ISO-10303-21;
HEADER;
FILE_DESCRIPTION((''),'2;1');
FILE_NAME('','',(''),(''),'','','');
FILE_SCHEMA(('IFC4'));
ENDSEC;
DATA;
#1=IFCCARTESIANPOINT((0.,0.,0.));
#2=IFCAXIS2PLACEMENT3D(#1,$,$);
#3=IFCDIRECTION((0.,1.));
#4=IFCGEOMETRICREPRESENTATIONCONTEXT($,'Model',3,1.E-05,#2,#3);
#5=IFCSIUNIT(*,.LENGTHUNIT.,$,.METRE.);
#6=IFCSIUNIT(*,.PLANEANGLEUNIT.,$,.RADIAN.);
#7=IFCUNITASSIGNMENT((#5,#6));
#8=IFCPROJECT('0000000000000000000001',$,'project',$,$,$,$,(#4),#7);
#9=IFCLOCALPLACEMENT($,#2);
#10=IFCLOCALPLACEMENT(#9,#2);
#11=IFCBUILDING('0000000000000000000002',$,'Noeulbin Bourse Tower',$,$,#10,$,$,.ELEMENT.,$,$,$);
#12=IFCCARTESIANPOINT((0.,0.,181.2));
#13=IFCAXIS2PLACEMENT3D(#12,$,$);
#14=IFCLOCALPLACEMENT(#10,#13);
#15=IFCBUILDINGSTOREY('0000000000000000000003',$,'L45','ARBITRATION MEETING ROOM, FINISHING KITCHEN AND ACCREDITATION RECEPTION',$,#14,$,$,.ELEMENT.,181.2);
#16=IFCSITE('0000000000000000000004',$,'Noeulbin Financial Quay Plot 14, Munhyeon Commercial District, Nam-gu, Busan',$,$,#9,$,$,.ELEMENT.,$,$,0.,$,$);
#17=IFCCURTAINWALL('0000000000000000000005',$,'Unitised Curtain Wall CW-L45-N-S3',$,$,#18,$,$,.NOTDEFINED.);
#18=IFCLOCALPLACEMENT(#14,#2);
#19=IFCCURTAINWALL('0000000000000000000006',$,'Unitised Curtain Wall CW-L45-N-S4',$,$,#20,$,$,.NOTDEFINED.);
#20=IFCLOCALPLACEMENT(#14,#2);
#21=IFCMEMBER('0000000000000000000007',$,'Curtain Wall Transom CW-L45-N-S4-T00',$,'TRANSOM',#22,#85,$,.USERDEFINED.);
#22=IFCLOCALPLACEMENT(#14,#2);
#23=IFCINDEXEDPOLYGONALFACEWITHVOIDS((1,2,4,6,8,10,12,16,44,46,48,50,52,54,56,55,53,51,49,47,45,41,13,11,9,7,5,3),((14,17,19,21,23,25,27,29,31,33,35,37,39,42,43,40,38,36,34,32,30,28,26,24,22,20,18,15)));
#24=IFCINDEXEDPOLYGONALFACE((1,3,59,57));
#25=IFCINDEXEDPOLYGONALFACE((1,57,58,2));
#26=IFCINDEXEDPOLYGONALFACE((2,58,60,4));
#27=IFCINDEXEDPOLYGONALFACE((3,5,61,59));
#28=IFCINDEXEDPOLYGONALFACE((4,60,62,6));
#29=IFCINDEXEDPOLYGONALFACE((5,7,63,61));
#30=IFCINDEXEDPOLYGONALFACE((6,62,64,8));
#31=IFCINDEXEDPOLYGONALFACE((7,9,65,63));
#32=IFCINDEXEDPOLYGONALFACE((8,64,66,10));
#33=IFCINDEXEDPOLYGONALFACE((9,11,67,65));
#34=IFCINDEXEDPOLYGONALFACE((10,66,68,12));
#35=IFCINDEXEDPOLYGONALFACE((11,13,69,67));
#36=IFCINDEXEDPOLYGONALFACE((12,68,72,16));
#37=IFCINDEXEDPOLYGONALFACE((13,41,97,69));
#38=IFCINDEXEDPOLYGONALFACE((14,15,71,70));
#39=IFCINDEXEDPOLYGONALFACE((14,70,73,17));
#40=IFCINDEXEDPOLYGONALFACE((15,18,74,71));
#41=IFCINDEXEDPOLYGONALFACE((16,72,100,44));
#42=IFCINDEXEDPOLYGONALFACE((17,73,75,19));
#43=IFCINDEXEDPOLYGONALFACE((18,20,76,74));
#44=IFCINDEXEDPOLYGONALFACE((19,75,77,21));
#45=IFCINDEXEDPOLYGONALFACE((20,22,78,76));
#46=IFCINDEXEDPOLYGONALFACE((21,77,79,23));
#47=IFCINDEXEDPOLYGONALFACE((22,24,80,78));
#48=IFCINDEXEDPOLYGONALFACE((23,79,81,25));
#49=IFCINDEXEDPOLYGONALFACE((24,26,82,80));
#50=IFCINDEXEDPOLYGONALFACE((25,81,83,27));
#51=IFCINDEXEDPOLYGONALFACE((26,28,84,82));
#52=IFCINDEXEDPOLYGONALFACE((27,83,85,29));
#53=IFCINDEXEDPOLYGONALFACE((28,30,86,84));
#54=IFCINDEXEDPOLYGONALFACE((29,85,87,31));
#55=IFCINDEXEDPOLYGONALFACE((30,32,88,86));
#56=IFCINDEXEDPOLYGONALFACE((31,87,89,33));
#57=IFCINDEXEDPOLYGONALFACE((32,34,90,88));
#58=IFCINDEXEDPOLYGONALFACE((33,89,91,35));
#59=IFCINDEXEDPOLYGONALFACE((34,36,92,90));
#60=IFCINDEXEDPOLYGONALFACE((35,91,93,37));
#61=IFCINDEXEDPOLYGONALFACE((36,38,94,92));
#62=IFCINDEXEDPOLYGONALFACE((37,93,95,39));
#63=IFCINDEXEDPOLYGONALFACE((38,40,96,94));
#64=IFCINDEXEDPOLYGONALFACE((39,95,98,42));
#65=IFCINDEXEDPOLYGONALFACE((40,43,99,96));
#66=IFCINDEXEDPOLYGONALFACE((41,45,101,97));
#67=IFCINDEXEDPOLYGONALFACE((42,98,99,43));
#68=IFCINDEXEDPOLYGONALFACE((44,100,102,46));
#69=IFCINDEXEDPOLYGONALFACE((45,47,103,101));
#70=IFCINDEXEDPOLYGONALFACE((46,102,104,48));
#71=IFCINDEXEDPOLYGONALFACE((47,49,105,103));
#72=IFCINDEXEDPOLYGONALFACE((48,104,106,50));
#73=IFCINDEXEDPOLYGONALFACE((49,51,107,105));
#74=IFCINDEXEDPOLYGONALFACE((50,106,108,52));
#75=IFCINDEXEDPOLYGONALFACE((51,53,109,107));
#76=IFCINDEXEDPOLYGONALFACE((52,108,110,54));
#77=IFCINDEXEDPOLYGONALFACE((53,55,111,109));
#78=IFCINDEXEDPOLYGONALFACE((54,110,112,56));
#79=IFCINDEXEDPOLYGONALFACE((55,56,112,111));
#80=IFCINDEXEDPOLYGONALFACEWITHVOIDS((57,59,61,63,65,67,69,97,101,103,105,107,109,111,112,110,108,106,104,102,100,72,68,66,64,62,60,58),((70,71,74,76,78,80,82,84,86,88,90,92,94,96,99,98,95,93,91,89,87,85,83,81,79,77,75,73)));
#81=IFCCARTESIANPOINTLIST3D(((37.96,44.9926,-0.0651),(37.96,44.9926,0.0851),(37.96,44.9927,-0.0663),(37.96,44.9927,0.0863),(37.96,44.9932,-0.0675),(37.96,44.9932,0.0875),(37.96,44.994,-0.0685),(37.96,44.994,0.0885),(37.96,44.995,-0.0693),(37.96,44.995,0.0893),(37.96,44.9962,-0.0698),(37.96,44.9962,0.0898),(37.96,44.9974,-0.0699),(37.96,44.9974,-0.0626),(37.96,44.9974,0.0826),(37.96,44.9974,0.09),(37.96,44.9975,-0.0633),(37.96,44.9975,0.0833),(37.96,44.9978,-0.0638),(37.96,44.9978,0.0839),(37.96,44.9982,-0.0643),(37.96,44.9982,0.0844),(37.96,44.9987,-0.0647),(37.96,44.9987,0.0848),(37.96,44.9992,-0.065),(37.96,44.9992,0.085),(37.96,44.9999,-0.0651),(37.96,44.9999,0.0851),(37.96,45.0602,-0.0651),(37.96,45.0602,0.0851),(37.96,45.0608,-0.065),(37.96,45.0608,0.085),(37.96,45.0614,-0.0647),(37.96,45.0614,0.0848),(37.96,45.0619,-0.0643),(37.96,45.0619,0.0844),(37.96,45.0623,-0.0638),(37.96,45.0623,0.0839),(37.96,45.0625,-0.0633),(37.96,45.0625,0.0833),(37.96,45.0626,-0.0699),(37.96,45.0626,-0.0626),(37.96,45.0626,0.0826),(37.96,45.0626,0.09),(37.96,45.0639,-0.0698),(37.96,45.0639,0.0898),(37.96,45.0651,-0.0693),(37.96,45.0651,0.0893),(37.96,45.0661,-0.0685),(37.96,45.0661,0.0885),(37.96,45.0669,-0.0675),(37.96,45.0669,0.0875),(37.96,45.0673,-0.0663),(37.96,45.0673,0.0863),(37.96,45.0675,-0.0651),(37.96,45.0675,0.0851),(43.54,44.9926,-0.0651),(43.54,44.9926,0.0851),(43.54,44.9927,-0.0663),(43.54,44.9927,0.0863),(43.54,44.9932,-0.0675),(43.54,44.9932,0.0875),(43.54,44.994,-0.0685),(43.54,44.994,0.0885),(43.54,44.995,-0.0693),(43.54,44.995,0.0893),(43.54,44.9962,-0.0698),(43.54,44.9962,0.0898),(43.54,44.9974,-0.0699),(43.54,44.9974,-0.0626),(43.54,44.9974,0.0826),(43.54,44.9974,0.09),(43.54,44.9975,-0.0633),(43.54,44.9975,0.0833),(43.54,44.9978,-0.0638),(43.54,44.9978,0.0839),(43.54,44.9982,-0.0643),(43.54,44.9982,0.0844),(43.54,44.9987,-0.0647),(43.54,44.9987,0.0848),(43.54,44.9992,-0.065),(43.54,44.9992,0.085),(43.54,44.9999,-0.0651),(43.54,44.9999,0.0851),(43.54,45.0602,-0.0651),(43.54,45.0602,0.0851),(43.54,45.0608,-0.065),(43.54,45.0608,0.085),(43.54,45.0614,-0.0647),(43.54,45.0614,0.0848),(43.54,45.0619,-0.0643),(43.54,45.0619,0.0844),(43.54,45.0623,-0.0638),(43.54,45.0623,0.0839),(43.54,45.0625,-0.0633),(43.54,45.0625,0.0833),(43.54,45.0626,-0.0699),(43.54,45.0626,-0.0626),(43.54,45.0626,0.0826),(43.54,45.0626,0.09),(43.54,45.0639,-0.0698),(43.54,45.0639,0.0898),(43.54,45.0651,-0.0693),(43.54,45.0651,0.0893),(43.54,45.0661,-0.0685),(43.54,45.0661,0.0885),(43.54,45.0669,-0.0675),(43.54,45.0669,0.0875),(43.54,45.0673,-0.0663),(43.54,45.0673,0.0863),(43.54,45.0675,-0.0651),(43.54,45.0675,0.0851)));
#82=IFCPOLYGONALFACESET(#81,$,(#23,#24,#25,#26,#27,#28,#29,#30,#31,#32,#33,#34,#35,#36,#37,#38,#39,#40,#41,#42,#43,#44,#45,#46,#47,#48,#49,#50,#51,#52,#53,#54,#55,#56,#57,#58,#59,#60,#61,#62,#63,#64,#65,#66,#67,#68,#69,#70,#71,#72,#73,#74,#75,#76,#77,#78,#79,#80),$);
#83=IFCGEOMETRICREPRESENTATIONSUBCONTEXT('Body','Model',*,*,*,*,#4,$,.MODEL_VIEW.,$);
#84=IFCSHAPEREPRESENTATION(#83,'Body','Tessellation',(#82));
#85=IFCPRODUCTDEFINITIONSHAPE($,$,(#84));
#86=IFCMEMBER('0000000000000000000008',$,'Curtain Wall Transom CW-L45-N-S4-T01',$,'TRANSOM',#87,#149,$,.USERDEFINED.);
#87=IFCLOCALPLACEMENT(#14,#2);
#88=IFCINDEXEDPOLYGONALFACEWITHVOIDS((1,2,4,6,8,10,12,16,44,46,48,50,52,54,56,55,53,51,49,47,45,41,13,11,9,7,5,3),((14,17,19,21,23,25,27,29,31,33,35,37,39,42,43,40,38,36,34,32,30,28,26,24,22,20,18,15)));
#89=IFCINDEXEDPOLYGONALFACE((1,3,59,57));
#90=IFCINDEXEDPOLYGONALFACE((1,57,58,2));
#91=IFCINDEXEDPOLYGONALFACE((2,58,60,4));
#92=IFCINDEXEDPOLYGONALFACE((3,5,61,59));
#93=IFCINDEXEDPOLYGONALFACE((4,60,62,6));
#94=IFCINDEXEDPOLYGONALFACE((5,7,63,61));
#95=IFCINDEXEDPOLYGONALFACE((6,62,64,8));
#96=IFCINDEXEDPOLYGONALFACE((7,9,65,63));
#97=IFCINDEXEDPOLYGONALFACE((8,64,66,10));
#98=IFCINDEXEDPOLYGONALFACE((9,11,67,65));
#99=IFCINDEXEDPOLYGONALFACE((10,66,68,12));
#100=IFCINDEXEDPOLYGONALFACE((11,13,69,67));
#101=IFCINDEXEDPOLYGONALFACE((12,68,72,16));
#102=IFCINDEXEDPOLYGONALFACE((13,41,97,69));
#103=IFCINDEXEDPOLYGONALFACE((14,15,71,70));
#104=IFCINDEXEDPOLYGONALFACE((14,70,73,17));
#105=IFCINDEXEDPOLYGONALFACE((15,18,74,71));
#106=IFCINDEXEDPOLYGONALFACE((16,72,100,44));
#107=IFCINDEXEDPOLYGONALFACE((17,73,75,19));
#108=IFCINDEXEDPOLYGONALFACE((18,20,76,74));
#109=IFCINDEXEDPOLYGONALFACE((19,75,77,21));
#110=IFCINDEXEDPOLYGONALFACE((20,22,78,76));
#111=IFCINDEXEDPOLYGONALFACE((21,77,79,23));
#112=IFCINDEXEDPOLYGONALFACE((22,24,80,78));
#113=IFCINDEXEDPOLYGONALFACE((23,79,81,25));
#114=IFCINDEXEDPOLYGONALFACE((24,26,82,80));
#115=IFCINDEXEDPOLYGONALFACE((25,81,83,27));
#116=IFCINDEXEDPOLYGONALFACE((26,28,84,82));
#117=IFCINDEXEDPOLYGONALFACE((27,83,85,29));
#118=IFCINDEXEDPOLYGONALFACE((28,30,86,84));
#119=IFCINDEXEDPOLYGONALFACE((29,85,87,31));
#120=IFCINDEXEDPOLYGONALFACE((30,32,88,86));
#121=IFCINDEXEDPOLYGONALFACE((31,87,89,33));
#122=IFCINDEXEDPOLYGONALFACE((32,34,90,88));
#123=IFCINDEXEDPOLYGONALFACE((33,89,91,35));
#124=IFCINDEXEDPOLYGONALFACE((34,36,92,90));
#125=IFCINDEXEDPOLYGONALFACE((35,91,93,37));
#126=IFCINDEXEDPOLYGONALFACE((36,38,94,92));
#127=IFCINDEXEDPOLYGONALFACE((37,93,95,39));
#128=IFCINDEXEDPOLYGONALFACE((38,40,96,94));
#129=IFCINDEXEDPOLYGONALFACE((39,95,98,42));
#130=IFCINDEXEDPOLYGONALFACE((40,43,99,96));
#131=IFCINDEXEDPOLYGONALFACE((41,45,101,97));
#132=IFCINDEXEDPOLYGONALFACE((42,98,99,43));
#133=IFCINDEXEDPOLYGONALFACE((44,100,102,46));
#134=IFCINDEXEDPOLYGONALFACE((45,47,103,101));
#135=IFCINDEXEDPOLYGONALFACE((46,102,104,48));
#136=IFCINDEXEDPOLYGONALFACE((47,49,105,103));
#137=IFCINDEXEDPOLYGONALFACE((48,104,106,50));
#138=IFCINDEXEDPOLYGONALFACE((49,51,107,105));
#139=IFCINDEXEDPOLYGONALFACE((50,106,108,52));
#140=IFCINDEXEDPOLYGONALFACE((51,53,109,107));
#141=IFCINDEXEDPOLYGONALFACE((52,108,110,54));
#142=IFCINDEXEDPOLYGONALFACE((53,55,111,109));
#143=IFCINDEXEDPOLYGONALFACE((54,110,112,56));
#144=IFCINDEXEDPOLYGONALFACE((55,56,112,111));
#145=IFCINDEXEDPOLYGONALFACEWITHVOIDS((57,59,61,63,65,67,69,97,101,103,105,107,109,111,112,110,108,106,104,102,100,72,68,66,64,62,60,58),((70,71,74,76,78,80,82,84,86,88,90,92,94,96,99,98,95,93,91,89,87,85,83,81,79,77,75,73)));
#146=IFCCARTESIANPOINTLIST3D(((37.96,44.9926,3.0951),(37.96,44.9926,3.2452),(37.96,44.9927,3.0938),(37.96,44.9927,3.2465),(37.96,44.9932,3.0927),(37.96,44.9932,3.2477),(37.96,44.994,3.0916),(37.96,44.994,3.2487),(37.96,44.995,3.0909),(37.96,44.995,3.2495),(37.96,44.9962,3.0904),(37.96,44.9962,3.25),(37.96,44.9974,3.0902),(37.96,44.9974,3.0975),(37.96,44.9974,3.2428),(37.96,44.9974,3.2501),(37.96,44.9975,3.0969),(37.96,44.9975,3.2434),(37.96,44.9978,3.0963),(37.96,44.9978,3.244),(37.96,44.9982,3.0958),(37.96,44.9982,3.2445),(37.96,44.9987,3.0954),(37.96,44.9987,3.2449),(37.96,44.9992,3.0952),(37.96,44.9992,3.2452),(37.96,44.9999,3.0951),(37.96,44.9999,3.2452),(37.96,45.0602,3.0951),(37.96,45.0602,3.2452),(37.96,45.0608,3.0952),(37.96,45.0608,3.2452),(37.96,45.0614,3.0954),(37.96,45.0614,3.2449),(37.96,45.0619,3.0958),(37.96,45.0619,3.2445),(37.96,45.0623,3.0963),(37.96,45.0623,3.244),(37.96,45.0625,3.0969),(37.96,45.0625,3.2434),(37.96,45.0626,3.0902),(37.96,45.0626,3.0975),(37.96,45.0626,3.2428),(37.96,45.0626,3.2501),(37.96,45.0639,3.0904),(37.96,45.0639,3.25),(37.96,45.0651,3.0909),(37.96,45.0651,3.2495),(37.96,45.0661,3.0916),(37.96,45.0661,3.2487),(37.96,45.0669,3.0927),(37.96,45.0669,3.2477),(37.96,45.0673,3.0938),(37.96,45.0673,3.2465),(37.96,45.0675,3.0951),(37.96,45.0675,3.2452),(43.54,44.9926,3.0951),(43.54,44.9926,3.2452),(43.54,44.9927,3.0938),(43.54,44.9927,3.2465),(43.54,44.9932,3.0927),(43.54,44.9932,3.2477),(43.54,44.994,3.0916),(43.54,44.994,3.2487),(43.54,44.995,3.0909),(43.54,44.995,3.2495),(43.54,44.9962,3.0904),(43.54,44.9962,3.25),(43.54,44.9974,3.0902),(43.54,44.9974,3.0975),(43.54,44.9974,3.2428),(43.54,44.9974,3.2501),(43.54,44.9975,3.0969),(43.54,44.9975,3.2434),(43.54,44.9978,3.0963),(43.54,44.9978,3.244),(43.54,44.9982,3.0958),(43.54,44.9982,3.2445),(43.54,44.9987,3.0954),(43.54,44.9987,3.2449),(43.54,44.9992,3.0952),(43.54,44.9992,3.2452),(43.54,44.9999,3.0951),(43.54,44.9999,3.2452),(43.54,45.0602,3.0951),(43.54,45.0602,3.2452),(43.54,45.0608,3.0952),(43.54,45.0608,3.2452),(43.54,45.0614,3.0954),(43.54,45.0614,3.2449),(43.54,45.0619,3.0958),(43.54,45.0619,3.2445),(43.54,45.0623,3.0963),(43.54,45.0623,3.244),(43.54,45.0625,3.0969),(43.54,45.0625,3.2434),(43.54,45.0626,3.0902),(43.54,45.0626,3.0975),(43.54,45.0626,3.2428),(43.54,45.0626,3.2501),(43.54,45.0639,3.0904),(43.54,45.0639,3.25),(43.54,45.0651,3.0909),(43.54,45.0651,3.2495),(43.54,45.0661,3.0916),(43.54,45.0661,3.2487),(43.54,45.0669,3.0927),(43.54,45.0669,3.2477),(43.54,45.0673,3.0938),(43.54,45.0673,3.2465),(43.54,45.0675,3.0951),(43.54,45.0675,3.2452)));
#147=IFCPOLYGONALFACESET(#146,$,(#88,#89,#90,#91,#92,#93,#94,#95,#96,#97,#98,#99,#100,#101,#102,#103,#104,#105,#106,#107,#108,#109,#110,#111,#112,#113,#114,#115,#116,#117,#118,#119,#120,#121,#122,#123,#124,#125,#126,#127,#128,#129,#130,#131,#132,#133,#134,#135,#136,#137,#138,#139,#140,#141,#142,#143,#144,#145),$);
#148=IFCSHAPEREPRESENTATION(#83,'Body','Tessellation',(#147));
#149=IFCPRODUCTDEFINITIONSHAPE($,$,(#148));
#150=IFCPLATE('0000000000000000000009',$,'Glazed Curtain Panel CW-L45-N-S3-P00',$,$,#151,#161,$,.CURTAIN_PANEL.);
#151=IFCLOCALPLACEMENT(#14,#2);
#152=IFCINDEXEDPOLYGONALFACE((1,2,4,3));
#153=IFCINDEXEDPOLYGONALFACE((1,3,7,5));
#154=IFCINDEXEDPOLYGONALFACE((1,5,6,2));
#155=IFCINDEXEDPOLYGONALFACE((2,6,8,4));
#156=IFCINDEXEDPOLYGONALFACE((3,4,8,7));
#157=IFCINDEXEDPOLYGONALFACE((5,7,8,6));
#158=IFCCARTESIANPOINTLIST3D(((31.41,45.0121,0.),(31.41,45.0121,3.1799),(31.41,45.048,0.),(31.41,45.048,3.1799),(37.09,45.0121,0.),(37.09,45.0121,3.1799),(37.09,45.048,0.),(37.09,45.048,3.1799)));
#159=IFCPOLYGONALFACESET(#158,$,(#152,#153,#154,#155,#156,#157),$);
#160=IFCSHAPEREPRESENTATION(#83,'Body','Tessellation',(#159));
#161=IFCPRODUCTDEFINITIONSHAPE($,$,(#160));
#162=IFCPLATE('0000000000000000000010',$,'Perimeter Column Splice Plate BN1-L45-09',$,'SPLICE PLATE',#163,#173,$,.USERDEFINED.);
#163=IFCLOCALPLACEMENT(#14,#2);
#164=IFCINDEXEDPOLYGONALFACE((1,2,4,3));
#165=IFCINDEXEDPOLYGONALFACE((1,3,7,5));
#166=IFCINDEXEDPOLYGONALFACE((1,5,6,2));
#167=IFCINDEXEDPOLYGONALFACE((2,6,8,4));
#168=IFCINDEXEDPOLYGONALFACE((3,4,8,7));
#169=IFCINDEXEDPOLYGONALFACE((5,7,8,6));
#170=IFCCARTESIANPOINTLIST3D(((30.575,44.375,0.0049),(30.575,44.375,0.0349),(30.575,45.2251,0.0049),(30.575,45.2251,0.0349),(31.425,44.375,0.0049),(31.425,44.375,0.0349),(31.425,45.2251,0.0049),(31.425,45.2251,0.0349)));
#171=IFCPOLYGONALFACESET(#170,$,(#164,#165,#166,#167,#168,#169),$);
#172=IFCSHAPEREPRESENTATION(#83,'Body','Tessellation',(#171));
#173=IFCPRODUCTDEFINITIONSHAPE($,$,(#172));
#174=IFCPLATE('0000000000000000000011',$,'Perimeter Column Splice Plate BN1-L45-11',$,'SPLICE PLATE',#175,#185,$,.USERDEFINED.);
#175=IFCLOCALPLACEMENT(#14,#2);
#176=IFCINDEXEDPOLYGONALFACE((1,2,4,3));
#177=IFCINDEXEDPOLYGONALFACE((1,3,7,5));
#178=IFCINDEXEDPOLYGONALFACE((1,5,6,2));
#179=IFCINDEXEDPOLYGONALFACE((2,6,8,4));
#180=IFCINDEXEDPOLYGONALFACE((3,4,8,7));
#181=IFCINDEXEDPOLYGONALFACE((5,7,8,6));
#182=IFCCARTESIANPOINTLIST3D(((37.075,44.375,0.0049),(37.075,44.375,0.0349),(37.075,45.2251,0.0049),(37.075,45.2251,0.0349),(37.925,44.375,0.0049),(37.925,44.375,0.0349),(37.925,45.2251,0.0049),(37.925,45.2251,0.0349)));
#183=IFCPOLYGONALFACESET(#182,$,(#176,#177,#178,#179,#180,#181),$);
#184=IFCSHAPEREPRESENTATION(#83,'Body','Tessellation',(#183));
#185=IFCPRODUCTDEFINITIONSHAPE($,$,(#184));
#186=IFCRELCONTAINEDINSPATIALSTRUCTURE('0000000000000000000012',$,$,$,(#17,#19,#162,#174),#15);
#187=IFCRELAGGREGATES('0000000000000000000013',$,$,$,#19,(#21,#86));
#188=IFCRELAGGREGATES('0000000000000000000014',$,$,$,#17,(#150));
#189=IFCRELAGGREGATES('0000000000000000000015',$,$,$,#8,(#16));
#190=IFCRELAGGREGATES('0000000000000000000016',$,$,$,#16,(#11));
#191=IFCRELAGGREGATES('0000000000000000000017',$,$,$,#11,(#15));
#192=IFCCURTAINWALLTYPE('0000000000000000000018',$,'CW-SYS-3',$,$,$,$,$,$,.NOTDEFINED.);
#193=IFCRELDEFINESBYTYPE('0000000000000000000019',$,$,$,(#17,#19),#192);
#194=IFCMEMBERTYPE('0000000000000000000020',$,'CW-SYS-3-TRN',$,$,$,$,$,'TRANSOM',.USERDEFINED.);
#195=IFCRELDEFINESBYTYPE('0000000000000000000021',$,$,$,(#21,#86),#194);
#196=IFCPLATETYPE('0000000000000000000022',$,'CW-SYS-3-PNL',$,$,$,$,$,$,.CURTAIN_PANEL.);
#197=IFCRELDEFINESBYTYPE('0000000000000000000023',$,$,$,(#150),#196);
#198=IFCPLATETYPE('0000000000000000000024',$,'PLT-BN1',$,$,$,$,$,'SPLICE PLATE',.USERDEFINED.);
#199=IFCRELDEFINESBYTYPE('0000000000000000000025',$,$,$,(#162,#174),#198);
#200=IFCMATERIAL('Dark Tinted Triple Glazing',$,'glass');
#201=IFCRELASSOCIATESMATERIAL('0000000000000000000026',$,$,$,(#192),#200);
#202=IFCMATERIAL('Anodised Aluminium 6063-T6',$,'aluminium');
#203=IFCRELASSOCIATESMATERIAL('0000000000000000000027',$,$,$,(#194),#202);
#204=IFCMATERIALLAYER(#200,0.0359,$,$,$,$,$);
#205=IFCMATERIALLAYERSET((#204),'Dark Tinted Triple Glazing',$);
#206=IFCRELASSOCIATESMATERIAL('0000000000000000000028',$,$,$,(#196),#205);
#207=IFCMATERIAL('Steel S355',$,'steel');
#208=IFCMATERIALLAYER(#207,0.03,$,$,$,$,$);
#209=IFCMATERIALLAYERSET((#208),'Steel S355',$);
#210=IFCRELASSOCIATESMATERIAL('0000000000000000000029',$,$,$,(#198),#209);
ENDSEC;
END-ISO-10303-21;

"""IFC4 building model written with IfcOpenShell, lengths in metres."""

from ifc_helpers import new_model, si_unit, direction, frame, origin, origin_2d, place, context, subcontext, project, spatial, rectangle, hollow_rectangle, extrude, material, layer, layer_set, material_profile, profile_set, type_object, element, aggregate, save


model = new_model("IFC4")

# Units and contexts
model_context = context("Model", 3, precision=1e-05, world=origin(), true_north=direction((0.0, 1.0)))
body_context = subcontext(model_context, "Body", "Model", "MODEL_VIEW")
ifc_project = project(units=[si_unit("LENGTHUNIT", "METRE"), si_unit("PLANEANGLEUNIT", "RADIAN")], contexts=[model_context])

# Site, building, storey
site_placement = place(None, origin())
site = spatial("IfcSite", under=ifc_project, at=site_placement, Name="Noeulbin Financial Quay Plot 14, Munhyeon Commercial District, Nam-gu, Busan", CompositionType="ELEMENT", RefElevation=0.0)
building_placement = place(site_placement, origin())
building = spatial("IfcBuilding", under=site, at=building_placement, Name="Noeulbin Bourse Tower", CompositionType="ELEMENT")
storey_placement = place(building_placement, frame((0.0, 0.0, 181.2)))
storey = spatial("IfcBuildingStorey", under=building, at=storey_placement, Name="L45", Description="ARBITRATION MEETING ROOM, FINISHING KITCHEN AND ACCREDITATION RECEPTION", CompositionType="ELEMENT", Elevation=181.2)

# Shared definitions
ifc_material_1 = material(Name="Steel S355", Category="steel")

# Shared definitions
ifc_material_2 = material(Name="Dark Tinted Triple Glazing", Category="glass")
curtain_wall_type = type_object("IfcCurtainWallType", Name="CW-SYS-3", PredefinedType="NOTDEFINED", material=ifc_material_2)
ifc_material_3 = material(Name="Anodised Aluminium 6063-T6", Category="aluminium")

# Curtain wall
curtain_wall_1_placement = place(storey_placement, origin())
curtain_wall_1 = element("IfcCurtainWall", 1, at=curtain_wall_1_placement, inside=storey, type_object=curtain_wall_type, Name="Unitised Curtain Wall CW-L45-N-S3", PredefinedType="NOTDEFINED")

# Curtain wall
curtain_wall_2_placement = place(storey_placement, origin())
curtain_wall_2 = element("IfcCurtainWall", 2, at=curtain_wall_2_placement, inside=storey, type_object=curtain_wall_type, Name="Unitised Curtain Wall CW-L45-N-S4", PredefinedType="NOTDEFINED")

# Members
ifc_material_profile_1 = material_profile(ifc_material_3, hollow_rectangle(XDim=0.075, YDim=0.1599, WallThickness=0.0049, InnerFilletRadius=0.0024, OuterFilletRadius=0.0049, at=origin_2d()), Name="ALU-TRAN-75x160x5", Category="LoadBearing")
ifc_profile_set_1 = profile_set([ifc_material_profile_1], Name="Anodised Aluminium 6063-T6")
member_type_1 = type_object("IfcMemberType", Name="CW-SYS-3-TRN", ElementType="TRANSOM", PredefinedType="USERDEFINED", material=ifc_profile_set_1)
member_1_placement = place(storey_placement, frame((37.96, 45.03, 0.01), z_axis=(1.0, 0.0, 0.0), x_axis=(0.0, 1.0, 0.0)))
member_1 = element("IfcMember", 3, at=member_1_placement, type_object=member_type_1, Name="Curtain Wall Transom CW-L45-N-S4-T00", ObjectType="TRANSOM", PredefinedType="USERDEFINED", context=body_context, shape_type="SweptSolid", body=[
    extrude(hollow_rectangle(XDim=0.075, YDim=0.1599, WallThickness=0.0049, InnerFilletRadius=0.0024, OuterFilletRadius=0.0049, at=origin_2d()), origin(), (0.0, 0.0, 1.0), 5.5801),
])
member_2_placement = place(storey_placement, frame((37.96, 45.03, 3.1702), z_axis=(1.0, 0.0, 0.0), x_axis=(0.0, 1.0, 0.0)))
member_2 = element("IfcMember", 4, at=member_2_placement, type_object=member_type_1, Name="Curtain Wall Transom CW-L45-N-S4-T01", ObjectType="TRANSOM", PredefinedType="USERDEFINED", context=body_context, shape_type="SweptSolid", body=[
    extrude(hollow_rectangle(XDim=0.075, YDim=0.1599, WallThickness=0.0049, InnerFilletRadius=0.0024, OuterFilletRadius=0.0049, at=origin_2d()), origin(), (0.0, 0.0, 1.0), 5.5801),
])
aggregate(curtain_wall_2, [member_1, member_2])

# Plate
ifc_layer_1 = layer(ifc_material_2, 0.0359)
ifc_layer_set_1 = layer_set([ifc_layer_1], Name="Dark Tinted Triple Glazing")
plate_type_1 = type_object("IfcPlateType", Name="CW-SYS-3-PNL", PredefinedType="CURTAIN_PANEL", material=ifc_layer_set_1)
plate_placement = place(storey_placement, frame((34.25, 45.03, 0.0), z_axis=(0.0, 0.0, 1.0), x_axis=(1.0, 0.0, 0.0)))
plate = element("IfcPlate", 5, at=plate_placement, type_object=plate_type_1, Name="Glazed Curtain Panel CW-L45-N-S3-P00", PredefinedType="CURTAIN_PANEL", context=body_context, shape_type="SweptSolid", body=[
    extrude(rectangle(XDim=5.6799, YDim=0.0359, at=origin_2d()), origin(), (0.0, 0.0, 1.0), 3.1799),
])
aggregate(curtain_wall_1, [plate])

# Plates
ifc_layer_2 = layer(ifc_material_1, 0.03)
ifc_layer_set_2 = layer_set([ifc_layer_2], Name="Steel S355")
plate_type_2 = type_object("IfcPlateType", Name="PLT-BN1", ElementType="SPLICE PLATE", PredefinedType="USERDEFINED", material=ifc_layer_set_2)
for number, where, z_axis, x_axis, name in (
    (6, (31.0, 44.8, 0.0049), (0.0, 0.0, 1.0), (1.0, 0.0, 0.0), "Perimeter Column Splice Plate BN1-L45-09"),
    (7, (37.5, 44.8, 0.0049), (0.0, 0.0, 1.0), (1.0, 0.0, 0.0), "Perimeter Column Splice Plate BN1-L45-11"),
):
    element("IfcPlate", number, at=place(storey_placement, frame(where, z_axis=z_axis, x_axis=x_axis)), inside=storey, type_object=plate_type_2, Name=name, ObjectType="SPLICE PLATE", PredefinedType="USERDEFINED", context=body_context, shape_type="SweptSolid", body=[
        extrude(rectangle(XDim=0.8501, YDim=0.8501, at=origin_2d()), origin(), (0.0, 0.0, 1.0), 0.03),
    ])

save(model, "model.ifc")
